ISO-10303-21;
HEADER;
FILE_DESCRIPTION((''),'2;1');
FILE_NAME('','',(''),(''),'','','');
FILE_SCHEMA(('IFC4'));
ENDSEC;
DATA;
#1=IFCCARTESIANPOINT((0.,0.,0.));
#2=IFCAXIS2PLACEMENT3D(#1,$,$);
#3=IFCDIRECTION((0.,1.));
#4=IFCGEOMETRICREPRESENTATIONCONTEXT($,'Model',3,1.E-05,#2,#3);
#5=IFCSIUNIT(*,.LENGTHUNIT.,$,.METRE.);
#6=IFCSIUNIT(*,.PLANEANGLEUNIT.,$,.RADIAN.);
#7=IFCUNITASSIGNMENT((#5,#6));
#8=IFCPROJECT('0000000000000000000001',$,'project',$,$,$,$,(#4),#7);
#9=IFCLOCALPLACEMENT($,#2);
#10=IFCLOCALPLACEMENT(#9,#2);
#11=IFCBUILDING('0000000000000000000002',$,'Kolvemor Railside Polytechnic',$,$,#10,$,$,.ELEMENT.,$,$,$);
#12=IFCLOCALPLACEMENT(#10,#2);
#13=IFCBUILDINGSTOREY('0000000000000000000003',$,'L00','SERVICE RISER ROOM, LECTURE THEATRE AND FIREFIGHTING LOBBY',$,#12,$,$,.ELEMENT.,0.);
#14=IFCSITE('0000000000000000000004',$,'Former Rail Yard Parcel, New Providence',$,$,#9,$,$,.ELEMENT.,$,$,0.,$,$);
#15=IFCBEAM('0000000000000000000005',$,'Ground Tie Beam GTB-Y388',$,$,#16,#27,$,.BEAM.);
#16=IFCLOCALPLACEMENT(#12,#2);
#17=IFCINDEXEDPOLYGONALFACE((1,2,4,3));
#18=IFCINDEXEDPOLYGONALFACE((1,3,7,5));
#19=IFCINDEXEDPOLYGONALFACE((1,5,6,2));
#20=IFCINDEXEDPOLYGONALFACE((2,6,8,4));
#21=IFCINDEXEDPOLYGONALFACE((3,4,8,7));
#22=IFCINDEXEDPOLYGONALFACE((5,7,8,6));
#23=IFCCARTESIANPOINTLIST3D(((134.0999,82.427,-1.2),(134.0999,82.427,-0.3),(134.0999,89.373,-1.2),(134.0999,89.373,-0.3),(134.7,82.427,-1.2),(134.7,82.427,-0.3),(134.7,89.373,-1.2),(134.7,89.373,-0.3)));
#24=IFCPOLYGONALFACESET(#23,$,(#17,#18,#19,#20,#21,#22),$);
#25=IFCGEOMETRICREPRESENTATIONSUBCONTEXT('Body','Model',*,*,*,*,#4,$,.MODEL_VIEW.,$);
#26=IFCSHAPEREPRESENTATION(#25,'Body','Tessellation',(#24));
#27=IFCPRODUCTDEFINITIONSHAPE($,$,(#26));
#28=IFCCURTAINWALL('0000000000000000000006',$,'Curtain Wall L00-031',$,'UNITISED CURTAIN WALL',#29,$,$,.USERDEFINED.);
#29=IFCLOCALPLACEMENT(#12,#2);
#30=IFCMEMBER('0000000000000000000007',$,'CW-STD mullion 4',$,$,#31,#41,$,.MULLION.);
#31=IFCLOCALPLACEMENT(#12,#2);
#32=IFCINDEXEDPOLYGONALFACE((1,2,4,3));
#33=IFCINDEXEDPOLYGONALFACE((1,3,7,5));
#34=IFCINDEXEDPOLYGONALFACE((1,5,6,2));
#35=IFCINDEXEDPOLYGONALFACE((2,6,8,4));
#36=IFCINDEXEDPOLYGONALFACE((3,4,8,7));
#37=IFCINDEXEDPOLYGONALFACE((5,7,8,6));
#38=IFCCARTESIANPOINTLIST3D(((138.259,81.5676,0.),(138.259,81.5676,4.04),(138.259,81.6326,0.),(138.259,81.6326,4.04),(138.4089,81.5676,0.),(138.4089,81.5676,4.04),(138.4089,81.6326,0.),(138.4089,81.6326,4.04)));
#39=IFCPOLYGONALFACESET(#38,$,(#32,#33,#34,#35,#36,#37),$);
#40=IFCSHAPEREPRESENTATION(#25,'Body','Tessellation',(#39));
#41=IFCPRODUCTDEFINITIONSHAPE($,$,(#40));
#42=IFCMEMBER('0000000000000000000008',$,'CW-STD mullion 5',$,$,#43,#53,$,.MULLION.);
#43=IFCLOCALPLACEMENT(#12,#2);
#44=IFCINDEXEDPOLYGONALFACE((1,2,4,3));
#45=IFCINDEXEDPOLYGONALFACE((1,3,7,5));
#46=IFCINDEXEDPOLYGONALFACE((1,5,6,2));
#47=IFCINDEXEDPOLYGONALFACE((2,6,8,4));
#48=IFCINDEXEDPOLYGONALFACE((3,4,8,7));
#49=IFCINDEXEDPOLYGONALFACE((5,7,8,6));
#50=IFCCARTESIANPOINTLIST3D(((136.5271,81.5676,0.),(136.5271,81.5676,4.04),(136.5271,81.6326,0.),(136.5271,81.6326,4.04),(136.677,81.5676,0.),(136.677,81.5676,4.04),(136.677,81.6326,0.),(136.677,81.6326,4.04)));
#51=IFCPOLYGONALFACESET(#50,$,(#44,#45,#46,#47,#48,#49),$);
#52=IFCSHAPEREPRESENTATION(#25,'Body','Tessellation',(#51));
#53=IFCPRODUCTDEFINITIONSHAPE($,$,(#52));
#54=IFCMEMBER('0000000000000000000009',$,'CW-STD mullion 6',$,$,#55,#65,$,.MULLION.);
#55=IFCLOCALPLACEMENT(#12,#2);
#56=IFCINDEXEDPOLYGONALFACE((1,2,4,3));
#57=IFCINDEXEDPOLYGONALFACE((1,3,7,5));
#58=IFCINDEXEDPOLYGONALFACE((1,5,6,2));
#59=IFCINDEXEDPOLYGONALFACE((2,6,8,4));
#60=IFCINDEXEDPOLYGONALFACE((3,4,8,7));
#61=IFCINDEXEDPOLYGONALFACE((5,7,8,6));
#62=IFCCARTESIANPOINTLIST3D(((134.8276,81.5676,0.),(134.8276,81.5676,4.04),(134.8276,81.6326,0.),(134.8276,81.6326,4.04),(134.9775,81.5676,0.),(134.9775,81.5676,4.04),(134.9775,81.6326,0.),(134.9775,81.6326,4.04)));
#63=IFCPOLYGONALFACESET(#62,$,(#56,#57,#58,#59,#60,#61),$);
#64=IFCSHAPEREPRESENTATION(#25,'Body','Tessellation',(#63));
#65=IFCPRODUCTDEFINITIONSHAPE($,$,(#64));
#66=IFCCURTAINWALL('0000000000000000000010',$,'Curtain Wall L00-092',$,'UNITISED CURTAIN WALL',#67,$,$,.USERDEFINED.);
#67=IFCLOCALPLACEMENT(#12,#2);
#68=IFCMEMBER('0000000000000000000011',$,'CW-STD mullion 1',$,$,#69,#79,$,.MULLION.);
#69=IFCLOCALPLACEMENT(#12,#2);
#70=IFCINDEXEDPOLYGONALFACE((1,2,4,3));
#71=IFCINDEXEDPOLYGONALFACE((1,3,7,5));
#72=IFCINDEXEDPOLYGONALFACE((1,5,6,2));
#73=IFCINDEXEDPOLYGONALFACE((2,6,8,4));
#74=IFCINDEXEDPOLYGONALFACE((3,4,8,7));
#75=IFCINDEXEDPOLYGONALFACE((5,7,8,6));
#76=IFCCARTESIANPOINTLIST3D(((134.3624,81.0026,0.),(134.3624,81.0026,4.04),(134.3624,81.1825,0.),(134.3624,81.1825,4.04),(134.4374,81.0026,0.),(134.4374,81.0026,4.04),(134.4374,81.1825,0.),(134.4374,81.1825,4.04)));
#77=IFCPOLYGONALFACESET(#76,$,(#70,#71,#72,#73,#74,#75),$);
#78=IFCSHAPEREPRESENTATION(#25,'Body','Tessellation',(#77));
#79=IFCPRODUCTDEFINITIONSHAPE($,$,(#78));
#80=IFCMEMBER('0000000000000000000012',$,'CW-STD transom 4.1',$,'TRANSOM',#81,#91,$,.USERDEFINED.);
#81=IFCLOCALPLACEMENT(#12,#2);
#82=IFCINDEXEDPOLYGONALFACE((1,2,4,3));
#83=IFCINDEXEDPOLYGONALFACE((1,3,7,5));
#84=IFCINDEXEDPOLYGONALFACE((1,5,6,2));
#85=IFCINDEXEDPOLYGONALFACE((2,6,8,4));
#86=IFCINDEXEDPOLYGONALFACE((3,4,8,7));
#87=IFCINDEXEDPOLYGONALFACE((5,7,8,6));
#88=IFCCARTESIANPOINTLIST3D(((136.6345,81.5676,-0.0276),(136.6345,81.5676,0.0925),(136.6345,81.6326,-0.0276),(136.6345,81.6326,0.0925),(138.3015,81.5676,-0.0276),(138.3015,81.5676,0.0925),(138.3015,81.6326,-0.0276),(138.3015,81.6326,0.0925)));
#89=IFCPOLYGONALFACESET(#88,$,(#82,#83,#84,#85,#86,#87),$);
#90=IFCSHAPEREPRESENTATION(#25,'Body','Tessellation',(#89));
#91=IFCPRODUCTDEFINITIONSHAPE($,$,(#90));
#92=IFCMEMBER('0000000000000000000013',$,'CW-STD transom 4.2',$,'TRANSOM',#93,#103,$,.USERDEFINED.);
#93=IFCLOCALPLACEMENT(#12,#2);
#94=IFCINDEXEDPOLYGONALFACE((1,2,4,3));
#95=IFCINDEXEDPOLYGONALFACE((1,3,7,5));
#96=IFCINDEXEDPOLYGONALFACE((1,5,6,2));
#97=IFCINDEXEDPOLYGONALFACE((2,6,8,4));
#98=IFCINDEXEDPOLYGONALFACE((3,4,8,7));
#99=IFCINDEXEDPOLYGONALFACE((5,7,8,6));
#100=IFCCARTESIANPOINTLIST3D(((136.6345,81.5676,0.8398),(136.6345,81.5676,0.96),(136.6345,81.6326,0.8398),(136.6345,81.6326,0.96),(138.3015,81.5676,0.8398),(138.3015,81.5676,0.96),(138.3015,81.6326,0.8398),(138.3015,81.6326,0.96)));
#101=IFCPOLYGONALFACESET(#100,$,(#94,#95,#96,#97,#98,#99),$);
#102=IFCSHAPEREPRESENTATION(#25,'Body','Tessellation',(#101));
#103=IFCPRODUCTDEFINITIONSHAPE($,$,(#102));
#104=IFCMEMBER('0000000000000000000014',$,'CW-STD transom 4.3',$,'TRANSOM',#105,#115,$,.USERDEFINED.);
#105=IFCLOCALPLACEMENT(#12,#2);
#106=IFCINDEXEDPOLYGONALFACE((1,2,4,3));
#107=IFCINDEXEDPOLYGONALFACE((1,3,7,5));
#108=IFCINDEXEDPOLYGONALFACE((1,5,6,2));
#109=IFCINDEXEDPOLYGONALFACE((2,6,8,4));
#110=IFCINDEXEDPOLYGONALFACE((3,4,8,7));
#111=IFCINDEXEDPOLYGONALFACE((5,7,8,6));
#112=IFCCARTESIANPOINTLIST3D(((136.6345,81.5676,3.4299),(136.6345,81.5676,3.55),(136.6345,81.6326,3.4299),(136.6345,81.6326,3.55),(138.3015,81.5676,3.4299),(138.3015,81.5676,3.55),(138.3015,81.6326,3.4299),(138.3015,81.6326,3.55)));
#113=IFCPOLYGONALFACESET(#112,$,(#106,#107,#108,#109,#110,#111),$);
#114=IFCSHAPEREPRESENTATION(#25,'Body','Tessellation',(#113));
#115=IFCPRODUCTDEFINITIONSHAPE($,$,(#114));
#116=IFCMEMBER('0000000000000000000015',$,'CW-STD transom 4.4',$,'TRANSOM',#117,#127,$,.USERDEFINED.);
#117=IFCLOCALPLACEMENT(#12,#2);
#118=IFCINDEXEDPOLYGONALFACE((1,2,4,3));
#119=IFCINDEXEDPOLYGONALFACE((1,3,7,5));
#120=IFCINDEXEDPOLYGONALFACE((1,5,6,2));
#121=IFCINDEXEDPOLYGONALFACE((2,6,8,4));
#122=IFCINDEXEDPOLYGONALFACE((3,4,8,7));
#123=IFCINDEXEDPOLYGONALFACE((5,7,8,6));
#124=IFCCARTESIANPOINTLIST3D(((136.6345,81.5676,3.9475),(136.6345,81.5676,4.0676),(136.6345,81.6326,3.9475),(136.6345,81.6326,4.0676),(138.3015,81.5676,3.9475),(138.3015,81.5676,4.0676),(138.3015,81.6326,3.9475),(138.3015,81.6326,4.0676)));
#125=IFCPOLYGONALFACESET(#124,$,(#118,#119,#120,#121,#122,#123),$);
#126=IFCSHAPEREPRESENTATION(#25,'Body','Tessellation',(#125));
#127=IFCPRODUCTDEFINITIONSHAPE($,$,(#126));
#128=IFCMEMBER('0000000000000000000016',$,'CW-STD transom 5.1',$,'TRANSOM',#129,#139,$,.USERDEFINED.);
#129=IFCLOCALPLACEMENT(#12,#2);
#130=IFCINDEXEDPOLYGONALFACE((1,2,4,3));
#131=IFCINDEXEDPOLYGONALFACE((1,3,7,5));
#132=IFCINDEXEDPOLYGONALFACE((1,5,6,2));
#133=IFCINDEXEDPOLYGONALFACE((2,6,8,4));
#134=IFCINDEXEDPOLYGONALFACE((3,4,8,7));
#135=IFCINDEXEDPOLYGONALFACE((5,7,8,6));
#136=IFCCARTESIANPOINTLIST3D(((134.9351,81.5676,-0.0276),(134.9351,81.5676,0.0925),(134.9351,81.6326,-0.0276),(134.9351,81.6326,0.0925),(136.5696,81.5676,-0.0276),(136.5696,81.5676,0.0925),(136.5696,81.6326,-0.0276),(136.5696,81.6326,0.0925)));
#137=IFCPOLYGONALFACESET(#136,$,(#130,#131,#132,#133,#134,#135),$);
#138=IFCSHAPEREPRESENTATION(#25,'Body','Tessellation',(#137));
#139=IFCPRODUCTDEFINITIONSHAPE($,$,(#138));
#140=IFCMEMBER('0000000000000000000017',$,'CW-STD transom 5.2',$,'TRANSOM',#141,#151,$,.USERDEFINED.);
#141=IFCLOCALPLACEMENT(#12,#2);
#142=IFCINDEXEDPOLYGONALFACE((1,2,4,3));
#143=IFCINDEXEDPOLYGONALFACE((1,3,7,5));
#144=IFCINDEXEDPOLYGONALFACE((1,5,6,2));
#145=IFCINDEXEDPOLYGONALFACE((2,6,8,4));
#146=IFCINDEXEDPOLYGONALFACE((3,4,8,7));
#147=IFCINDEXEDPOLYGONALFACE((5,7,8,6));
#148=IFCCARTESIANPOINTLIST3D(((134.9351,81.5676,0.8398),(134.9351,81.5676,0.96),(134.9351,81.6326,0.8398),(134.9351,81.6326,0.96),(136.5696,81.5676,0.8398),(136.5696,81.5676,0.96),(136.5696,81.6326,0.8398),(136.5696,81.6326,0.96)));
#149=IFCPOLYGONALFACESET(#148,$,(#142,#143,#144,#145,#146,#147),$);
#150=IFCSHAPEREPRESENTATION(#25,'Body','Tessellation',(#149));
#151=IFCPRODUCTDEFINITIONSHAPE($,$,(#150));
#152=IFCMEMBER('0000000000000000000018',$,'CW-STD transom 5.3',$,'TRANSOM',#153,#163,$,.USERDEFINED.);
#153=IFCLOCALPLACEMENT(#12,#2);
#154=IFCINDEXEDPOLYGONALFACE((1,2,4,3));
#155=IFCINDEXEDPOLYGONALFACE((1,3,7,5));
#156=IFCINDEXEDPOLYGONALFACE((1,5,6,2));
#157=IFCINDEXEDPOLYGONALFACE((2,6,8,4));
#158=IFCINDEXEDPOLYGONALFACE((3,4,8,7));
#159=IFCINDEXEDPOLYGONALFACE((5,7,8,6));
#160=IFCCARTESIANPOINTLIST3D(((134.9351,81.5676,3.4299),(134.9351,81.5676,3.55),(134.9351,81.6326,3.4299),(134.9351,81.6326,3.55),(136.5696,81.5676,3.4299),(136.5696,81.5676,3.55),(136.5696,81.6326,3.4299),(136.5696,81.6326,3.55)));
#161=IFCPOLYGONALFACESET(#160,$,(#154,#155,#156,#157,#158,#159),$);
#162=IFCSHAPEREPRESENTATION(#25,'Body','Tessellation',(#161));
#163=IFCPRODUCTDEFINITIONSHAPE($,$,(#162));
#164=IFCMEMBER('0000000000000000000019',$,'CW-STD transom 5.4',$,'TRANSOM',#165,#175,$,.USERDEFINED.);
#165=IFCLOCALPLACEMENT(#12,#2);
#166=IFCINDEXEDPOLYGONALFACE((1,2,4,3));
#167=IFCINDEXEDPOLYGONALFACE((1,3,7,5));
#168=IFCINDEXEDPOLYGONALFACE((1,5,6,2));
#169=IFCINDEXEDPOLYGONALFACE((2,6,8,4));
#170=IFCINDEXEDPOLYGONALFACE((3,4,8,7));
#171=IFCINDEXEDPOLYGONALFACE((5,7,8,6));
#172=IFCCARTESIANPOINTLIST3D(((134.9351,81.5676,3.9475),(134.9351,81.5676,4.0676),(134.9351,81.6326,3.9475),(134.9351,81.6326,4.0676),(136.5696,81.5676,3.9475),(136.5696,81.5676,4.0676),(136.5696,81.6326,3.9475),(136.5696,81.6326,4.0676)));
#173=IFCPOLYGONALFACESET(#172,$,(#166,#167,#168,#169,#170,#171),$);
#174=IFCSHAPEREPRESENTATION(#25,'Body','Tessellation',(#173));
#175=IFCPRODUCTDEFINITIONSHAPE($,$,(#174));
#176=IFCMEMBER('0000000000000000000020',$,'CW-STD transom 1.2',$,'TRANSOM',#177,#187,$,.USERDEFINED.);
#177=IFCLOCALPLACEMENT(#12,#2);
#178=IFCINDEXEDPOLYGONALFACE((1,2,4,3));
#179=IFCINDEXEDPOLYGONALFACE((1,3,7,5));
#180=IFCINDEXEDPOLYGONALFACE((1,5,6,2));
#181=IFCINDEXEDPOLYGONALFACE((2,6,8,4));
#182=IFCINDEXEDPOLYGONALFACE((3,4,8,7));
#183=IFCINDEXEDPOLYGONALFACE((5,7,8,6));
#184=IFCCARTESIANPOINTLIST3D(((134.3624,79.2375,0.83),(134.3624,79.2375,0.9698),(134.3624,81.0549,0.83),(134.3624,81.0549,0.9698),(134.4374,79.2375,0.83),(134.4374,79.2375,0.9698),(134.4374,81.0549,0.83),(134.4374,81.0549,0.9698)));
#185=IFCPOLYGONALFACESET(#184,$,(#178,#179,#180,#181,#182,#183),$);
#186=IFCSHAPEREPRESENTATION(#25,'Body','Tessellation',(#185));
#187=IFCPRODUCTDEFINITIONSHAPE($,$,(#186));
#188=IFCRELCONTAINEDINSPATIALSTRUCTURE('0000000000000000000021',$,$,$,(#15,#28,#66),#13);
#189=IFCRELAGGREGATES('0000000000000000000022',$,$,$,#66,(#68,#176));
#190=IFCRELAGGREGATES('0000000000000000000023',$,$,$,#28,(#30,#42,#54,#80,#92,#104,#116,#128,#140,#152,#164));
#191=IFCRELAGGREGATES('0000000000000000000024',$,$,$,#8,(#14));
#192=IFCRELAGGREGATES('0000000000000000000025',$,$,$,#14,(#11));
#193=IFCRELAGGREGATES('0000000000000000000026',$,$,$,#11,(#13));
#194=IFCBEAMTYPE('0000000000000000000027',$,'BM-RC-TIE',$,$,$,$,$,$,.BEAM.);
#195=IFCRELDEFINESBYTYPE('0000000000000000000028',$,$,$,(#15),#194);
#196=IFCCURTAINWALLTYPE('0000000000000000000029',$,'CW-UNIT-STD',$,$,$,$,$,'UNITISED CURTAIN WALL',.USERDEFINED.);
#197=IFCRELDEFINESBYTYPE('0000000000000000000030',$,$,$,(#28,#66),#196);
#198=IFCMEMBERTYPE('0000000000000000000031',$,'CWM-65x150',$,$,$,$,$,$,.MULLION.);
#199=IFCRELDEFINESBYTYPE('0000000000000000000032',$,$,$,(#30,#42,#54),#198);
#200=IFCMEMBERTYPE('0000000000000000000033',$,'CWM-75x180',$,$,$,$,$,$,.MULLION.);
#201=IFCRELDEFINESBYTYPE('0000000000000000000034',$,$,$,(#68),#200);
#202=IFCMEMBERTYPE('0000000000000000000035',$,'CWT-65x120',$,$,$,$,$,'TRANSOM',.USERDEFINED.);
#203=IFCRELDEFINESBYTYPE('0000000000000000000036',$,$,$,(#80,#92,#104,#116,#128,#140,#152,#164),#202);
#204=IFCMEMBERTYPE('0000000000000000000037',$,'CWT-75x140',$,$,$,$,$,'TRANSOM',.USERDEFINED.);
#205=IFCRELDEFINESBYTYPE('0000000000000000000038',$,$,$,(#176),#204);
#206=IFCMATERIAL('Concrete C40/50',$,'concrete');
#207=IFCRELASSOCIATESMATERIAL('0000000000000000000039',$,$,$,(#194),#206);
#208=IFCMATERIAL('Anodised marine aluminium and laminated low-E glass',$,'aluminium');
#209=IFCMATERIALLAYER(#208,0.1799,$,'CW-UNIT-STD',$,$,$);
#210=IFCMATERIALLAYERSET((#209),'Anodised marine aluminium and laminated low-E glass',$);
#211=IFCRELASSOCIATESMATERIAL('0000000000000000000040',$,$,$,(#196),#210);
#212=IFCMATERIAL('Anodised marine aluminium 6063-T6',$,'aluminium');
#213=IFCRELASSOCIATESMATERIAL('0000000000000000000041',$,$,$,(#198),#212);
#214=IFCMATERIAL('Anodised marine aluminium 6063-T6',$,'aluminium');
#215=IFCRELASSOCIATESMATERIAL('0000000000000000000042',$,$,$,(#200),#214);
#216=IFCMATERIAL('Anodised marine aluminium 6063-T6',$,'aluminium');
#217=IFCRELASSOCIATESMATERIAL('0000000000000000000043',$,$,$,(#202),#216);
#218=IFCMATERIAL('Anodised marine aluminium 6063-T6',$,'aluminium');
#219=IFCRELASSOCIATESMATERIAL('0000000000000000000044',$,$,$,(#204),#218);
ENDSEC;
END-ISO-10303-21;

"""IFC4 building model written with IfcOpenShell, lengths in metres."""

from ifc_helpers import new_model, si_unit, direction, frame, origin, origin_2d, place, context, subcontext, project, spatial, rectangle, extrude, material, layer, layer_set, material_profile, profile_set, type_object, element, aggregate, save


model = new_model("IFC4")

# Units and contexts
model_context = context("Model", 3, precision=1e-05, world=origin(), true_north=direction((0.0, 1.0)))
body_context = subcontext(model_context, "Body", "Model", "MODEL_VIEW")
ifc_project = project(units=[si_unit("LENGTHUNIT", "METRE"), si_unit("PLANEANGLEUNIT", "RADIAN")], contexts=[model_context])

# Site, building, storey
site_placement = place(None, origin())
site = spatial("IfcSite", under=ifc_project, at=site_placement, Name="Former Rail Yard Parcel, New Providence", CompositionType="ELEMENT", RefElevation=0.0)
building_placement = place(site_placement, origin())
building = spatial("IfcBuilding", under=site, at=building_placement, Name="Kolvemor Railside Polytechnic", CompositionType="ELEMENT")
storey_placement = place(building_placement, origin())
storey = spatial("IfcBuildingStorey", under=building, at=storey_placement, Name="L00", Description="SERVICE RISER ROOM, LECTURE THEATRE AND FIREFIGHTING LOBBY", CompositionType="ELEMENT", Elevation=0.0)

# Beam
ifc_material_1 = material(Name="Concrete C40/50", Category="concrete")
ifc_material_profile_1 = material_profile(ifc_material_1, rectangle(XDim=0.6001, YDim=0.8999, at=origin_2d()), Name="RC600x900")
ifc_profile_set_1 = profile_set([ifc_material_profile_1], Name="Concrete C40/50")
beam_type_1 = type_object("IfcBeamType", Name="BM-RC-TIE", PredefinedType="BEAM", material=ifc_profile_set_1)
beam_1_placement = place(storey_placement, frame((134.3999, 82.427, -0.75), z_axis=(0.0, 1.0, 0.0), x_axis=(-1.0, 0.0, 0.0)))
element("IfcBeam", 1, at=beam_1_placement, inside=storey, type_object=beam_type_1, Name="Ground Tie Beam GTB-Y388", PredefinedType="BEAM", context=body_context, shape_type="SweptSolid", body=[
    extrude(rectangle(XDim=0.6001, YDim=0.8999, at=origin_2d()), origin(), (0.0, 0.0, 1.0), 6.946),
])

# Curtain wall, members
ifc_material_2 = material(Name="Anodised marine aluminium and laminated low-E glass", Category="aluminium")
ifc_layer_1 = layer(ifc_material_2, 0.1799, Name="CW-UNIT-STD")
ifc_layer_set_1 = layer_set([ifc_layer_1], Name="Anodised marine aluminium and laminated low-E glass")
curtain_wall_type = type_object("IfcCurtainWallType", Name="CW-UNIT-STD", ElementType="UNITISED CURTAIN WALL", PredefinedType="USERDEFINED", material=ifc_layer_set_1)
curtain_wall_1_placement = place(storey_placement, origin())
curtain_wall_1 = element("IfcCurtainWall", 2, at=curtain_wall_1_placement, inside=storey, type_object=curtain_wall_type, Name="Curtain Wall L00-031", ObjectType="UNITISED CURTAIN WALL", PredefinedType="USERDEFINED")
ifc_material_3 = material(Name="Anodised marine aluminium 6063-T6", Category="aluminium")
ifc_material_profile_2 = material_profile(ifc_material_3, rectangle(XDim=0.0649, YDim=0.1499, at=origin_2d()), Name="CW-MUL-65x150")
ifc_profile_set_2 = profile_set([ifc_material_profile_2], Name="Anodised marine aluminium 6063-T6")
member_type_1 = type_object("IfcMemberType", Name="CWM-65x150", PredefinedType="MULLION", material=ifc_profile_set_2)
member_1_placement = place(storey_placement, frame((138.334, 81.6001, 0.0), z_axis=(0.0, 0.0, 1.0), x_axis=(0.0, -1.0, 0.0)))
member_1 = element("IfcMember", 3, at=member_1_placement, type_object=member_type_1, Name="CW-STD mullion 4", PredefinedType="MULLION", context=body_context, shape_type="SweptSolid", body=[
    extrude(rectangle(XDim=0.0649, YDim=0.1499, at=origin_2d()), origin(), (0.0, 0.0, 1.0), 4.04),
])
member_2_placement = place(storey_placement, frame((136.6021, 81.6001, 0.0), z_axis=(0.0, 0.0, 1.0), x_axis=(0.0, -1.0, 0.0)))
member_2 = element("IfcMember", 4, at=member_2_placement, type_object=member_type_1, Name="CW-STD mullion 5", PredefinedType="MULLION", context=body_context, shape_type="SweptSolid", body=[
    extrude(rectangle(XDim=0.0649, YDim=0.1499, at=origin_2d()), origin(), (0.0, 0.0, 1.0), 4.04),
])
member_3_placement = place(storey_placement, frame((134.9026, 81.6001, 0.0), z_axis=(0.0, 0.0, 1.0), x_axis=(0.0, -1.0, 0.0)))
member_3 = element("IfcMember", 5, at=member_3_placement, type_object=member_type_1, Name="CW-STD mullion 6", PredefinedType="MULLION", context=body_context, shape_type="SweptSolid", body=[
    extrude(rectangle(XDim=0.0649, YDim=0.1499, at=origin_2d()), origin(), (0.0, 0.0, 1.0), 4.04),
])

# Curtain wall, member
curtain_wall_2_placement = place(storey_placement, origin())
curtain_wall_2 = element("IfcCurtainWall", 6, at=curtain_wall_2_placement, inside=storey, type_object=curtain_wall_type, Name="Curtain Wall L00-092", ObjectType="UNITISED CURTAIN WALL", PredefinedType="USERDEFINED")
ifc_material_4 = material(Name="Anodised marine aluminium 6063-T6", Category="aluminium")
ifc_material_profile_3 = material_profile(ifc_material_4, rectangle(XDim=0.075, YDim=0.1799, at=origin_2d()), Name="CW-MUL-75x180")
ifc_profile_set_3 = profile_set([ifc_material_profile_3], Name="Anodised marine aluminium 6063-T6")
member_type_2 = type_object("IfcMemberType", Name="CWM-75x180", PredefinedType="MULLION", material=ifc_profile_set_3)
member_4_placement = place(storey_placement, frame((134.3999, 81.0925, 0.0), z_axis=(0.0, 0.0, 1.0), x_axis=(1.0, 0.0, 0.0)))
member_4 = element("IfcMember", 7, at=member_4_placement, type_object=member_type_2, Name="CW-STD mullion 1", PredefinedType="MULLION", context=body_context, shape_type="SweptSolid", body=[
    extrude(rectangle(XDim=0.075, YDim=0.1799, at=origin_2d()), origin(), (0.0, 0.0, 1.0), 4.04),
])

# Members
ifc_material_5 = material(Name="Anodised marine aluminium 6063-T6", Category="aluminium")
ifc_material_profile_4 = material_profile(ifc_material_5, rectangle(XDim=0.0649, YDim=0.1201, at=origin_2d()), Name="CW-TRN-65x120")
ifc_profile_set_4 = profile_set([ifc_material_profile_4], Name="Anodised marine aluminium 6063-T6")
member_type_3 = type_object("IfcMemberType", Name="CWT-65x120", ElementType="TRANSOM", PredefinedType="USERDEFINED", material=ifc_profile_set_4)
member_5_placement = place(storey_placement, frame((138.3015, 81.6001, 0.0325), z_axis=(-1.0, 0.0, 0.0), x_axis=(0.0, -1.0, 0.0)))
member_5 = element("IfcMember", 8, at=member_5_placement, type_object=member_type_3, Name="CW-STD transom 4.1", ObjectType="TRANSOM", PredefinedType="USERDEFINED", context=body_context, shape_type="SweptSolid", body=[
    extrude(rectangle(XDim=0.0649, YDim=0.1201, at=origin_2d()), origin(), (0.0, 0.0, 1.0), 1.667),
])
member_6_placement = place(storey_placement, frame((138.3015, 81.6001, 0.8999), z_axis=(-1.0, 0.0, 0.0), x_axis=(0.0, -1.0, 0.0)))
member_6 = element("IfcMember", 9, at=member_6_placement, type_object=member_type_3, Name="CW-STD transom 4.2", ObjectType="TRANSOM", PredefinedType="USERDEFINED", context=body_context, shape_type="SweptSolid", body=[
    extrude(rectangle(XDim=0.0649, YDim=0.1201, at=origin_2d()), origin(), (0.0, 0.0, 1.0), 1.667),
])
member_7_placement = place(storey_placement, frame((138.3015, 81.6001, 3.49), z_axis=(-1.0, 0.0, 0.0), x_axis=(0.0, -1.0, 0.0)))
member_7 = element("IfcMember", 10, at=member_7_placement, type_object=member_type_3, Name="CW-STD transom 4.3", ObjectType="TRANSOM", PredefinedType="USERDEFINED", context=body_context, shape_type="SweptSolid", body=[
    extrude(rectangle(XDim=0.0649, YDim=0.1201, at=origin_2d()), origin(), (0.0, 0.0, 1.0), 1.667),
])
member_8_placement = place(storey_placement, frame((138.3015, 81.6001, 4.0076), z_axis=(-1.0, 0.0, 0.0), x_axis=(0.0, -1.0, 0.0)))
member_8 = element("IfcMember", 11, at=member_8_placement, type_object=member_type_3, Name="CW-STD transom 4.4", ObjectType="TRANSOM", PredefinedType="USERDEFINED", context=body_context, shape_type="SweptSolid", body=[
    extrude(rectangle(XDim=0.0649, YDim=0.1201, at=origin_2d()), origin(), (0.0, 0.0, 1.0), 1.667),
])
member_9_placement = place(storey_placement, frame((136.5696, 81.6001, 0.0325), z_axis=(-1.0, 0.0, 0.0), x_axis=(0.0, -1.0, 0.0)))
member_9 = element("IfcMember", 12, at=member_9_placement, type_object=member_type_3, Name="CW-STD transom 5.1", ObjectType="TRANSOM", PredefinedType="USERDEFINED", context=body_context, shape_type="SweptSolid", body=[
    extrude(rectangle(XDim=0.0649, YDim=0.1201, at=origin_2d()), origin(), (0.0, 0.0, 1.0), 1.6345),
])
member_10_placement = place(storey_placement, frame((136.5696, 81.6001, 0.8999), z_axis=(-1.0, 0.0, 0.0), x_axis=(0.0, -1.0, 0.0)))
member_10 = element("IfcMember", 13, at=member_10_placement, type_object=member_type_3, Name="CW-STD transom 5.2", ObjectType="TRANSOM", PredefinedType="USERDEFINED", context=body_context, shape_type="SweptSolid", body=[
    extrude(rectangle(XDim=0.0649, YDim=0.1201, at=origin_2d()), origin(), (0.0, 0.0, 1.0), 1.6345),
])
member_11_placement = place(storey_placement, frame((136.5696, 81.6001, 3.49), z_axis=(-1.0, 0.0, 0.0), x_axis=(0.0, -1.0, 0.0)))
member_11 = element("IfcMember", 14, at=member_11_placement, type_object=member_type_3, Name="CW-STD transom 5.3", ObjectType="TRANSOM", PredefinedType="USERDEFINED", context=body_context, shape_type="SweptSolid", body=[
    extrude(rectangle(XDim=0.0649, YDim=0.1201, at=origin_2d()), origin(), (0.0, 0.0, 1.0), 1.6345),
])
member_12_placement = place(storey_placement, frame((136.5696, 81.6001, 4.0076), z_axis=(-1.0, 0.0, 0.0), x_axis=(0.0, -1.0, 0.0)))
member_12 = element("IfcMember", 15, at=member_12_placement, type_object=member_type_3, Name="CW-STD transom 5.4", ObjectType="TRANSOM", PredefinedType="USERDEFINED", context=body_context, shape_type="SweptSolid", body=[
    extrude(rectangle(XDim=0.0649, YDim=0.1201, at=origin_2d()), origin(), (0.0, 0.0, 1.0), 1.6345),
])
ifc_material_6 = material(Name="Anodised marine aluminium 6063-T6", Category="aluminium")
ifc_material_profile_5 = material_profile(ifc_material_6, rectangle(XDim=0.075, YDim=0.1399, at=origin_2d()), Name="CW-TRN-75x140")
ifc_profile_set_5 = profile_set([ifc_material_profile_5], Name="Anodised marine aluminium 6063-T6")
member_type_4 = type_object("IfcMemberType", Name="CWT-75x140", ElementType="TRANSOM", PredefinedType="USERDEFINED", material=ifc_profile_set_5)
member_13_placement = place(storey_placement, frame((134.3999, 81.0549, 0.8999), z_axis=(0.0, -1.0, 0.0), x_axis=(1.0, 0.0, 0.0)))
member_13 = element("IfcMember", 16, at=member_13_placement, type_object=member_type_4, Name="CW-STD transom 1.2", ObjectType="TRANSOM", PredefinedType="USERDEFINED", context=body_context, shape_type="SweptSolid", body=[
    extrude(rectangle(XDim=0.075, YDim=0.1399, at=origin_2d()), origin(), (0.0, 0.0, 1.0), 1.8174),
])
aggregate(curtain_wall_2, [member_4, member_13])

aggregate(curtain_wall_1, [member_1, member_2, member_3, member_5, member_6, member_7, member_8, member_9, member_10, member_11, member_12])

save(model, "model.ifc")
